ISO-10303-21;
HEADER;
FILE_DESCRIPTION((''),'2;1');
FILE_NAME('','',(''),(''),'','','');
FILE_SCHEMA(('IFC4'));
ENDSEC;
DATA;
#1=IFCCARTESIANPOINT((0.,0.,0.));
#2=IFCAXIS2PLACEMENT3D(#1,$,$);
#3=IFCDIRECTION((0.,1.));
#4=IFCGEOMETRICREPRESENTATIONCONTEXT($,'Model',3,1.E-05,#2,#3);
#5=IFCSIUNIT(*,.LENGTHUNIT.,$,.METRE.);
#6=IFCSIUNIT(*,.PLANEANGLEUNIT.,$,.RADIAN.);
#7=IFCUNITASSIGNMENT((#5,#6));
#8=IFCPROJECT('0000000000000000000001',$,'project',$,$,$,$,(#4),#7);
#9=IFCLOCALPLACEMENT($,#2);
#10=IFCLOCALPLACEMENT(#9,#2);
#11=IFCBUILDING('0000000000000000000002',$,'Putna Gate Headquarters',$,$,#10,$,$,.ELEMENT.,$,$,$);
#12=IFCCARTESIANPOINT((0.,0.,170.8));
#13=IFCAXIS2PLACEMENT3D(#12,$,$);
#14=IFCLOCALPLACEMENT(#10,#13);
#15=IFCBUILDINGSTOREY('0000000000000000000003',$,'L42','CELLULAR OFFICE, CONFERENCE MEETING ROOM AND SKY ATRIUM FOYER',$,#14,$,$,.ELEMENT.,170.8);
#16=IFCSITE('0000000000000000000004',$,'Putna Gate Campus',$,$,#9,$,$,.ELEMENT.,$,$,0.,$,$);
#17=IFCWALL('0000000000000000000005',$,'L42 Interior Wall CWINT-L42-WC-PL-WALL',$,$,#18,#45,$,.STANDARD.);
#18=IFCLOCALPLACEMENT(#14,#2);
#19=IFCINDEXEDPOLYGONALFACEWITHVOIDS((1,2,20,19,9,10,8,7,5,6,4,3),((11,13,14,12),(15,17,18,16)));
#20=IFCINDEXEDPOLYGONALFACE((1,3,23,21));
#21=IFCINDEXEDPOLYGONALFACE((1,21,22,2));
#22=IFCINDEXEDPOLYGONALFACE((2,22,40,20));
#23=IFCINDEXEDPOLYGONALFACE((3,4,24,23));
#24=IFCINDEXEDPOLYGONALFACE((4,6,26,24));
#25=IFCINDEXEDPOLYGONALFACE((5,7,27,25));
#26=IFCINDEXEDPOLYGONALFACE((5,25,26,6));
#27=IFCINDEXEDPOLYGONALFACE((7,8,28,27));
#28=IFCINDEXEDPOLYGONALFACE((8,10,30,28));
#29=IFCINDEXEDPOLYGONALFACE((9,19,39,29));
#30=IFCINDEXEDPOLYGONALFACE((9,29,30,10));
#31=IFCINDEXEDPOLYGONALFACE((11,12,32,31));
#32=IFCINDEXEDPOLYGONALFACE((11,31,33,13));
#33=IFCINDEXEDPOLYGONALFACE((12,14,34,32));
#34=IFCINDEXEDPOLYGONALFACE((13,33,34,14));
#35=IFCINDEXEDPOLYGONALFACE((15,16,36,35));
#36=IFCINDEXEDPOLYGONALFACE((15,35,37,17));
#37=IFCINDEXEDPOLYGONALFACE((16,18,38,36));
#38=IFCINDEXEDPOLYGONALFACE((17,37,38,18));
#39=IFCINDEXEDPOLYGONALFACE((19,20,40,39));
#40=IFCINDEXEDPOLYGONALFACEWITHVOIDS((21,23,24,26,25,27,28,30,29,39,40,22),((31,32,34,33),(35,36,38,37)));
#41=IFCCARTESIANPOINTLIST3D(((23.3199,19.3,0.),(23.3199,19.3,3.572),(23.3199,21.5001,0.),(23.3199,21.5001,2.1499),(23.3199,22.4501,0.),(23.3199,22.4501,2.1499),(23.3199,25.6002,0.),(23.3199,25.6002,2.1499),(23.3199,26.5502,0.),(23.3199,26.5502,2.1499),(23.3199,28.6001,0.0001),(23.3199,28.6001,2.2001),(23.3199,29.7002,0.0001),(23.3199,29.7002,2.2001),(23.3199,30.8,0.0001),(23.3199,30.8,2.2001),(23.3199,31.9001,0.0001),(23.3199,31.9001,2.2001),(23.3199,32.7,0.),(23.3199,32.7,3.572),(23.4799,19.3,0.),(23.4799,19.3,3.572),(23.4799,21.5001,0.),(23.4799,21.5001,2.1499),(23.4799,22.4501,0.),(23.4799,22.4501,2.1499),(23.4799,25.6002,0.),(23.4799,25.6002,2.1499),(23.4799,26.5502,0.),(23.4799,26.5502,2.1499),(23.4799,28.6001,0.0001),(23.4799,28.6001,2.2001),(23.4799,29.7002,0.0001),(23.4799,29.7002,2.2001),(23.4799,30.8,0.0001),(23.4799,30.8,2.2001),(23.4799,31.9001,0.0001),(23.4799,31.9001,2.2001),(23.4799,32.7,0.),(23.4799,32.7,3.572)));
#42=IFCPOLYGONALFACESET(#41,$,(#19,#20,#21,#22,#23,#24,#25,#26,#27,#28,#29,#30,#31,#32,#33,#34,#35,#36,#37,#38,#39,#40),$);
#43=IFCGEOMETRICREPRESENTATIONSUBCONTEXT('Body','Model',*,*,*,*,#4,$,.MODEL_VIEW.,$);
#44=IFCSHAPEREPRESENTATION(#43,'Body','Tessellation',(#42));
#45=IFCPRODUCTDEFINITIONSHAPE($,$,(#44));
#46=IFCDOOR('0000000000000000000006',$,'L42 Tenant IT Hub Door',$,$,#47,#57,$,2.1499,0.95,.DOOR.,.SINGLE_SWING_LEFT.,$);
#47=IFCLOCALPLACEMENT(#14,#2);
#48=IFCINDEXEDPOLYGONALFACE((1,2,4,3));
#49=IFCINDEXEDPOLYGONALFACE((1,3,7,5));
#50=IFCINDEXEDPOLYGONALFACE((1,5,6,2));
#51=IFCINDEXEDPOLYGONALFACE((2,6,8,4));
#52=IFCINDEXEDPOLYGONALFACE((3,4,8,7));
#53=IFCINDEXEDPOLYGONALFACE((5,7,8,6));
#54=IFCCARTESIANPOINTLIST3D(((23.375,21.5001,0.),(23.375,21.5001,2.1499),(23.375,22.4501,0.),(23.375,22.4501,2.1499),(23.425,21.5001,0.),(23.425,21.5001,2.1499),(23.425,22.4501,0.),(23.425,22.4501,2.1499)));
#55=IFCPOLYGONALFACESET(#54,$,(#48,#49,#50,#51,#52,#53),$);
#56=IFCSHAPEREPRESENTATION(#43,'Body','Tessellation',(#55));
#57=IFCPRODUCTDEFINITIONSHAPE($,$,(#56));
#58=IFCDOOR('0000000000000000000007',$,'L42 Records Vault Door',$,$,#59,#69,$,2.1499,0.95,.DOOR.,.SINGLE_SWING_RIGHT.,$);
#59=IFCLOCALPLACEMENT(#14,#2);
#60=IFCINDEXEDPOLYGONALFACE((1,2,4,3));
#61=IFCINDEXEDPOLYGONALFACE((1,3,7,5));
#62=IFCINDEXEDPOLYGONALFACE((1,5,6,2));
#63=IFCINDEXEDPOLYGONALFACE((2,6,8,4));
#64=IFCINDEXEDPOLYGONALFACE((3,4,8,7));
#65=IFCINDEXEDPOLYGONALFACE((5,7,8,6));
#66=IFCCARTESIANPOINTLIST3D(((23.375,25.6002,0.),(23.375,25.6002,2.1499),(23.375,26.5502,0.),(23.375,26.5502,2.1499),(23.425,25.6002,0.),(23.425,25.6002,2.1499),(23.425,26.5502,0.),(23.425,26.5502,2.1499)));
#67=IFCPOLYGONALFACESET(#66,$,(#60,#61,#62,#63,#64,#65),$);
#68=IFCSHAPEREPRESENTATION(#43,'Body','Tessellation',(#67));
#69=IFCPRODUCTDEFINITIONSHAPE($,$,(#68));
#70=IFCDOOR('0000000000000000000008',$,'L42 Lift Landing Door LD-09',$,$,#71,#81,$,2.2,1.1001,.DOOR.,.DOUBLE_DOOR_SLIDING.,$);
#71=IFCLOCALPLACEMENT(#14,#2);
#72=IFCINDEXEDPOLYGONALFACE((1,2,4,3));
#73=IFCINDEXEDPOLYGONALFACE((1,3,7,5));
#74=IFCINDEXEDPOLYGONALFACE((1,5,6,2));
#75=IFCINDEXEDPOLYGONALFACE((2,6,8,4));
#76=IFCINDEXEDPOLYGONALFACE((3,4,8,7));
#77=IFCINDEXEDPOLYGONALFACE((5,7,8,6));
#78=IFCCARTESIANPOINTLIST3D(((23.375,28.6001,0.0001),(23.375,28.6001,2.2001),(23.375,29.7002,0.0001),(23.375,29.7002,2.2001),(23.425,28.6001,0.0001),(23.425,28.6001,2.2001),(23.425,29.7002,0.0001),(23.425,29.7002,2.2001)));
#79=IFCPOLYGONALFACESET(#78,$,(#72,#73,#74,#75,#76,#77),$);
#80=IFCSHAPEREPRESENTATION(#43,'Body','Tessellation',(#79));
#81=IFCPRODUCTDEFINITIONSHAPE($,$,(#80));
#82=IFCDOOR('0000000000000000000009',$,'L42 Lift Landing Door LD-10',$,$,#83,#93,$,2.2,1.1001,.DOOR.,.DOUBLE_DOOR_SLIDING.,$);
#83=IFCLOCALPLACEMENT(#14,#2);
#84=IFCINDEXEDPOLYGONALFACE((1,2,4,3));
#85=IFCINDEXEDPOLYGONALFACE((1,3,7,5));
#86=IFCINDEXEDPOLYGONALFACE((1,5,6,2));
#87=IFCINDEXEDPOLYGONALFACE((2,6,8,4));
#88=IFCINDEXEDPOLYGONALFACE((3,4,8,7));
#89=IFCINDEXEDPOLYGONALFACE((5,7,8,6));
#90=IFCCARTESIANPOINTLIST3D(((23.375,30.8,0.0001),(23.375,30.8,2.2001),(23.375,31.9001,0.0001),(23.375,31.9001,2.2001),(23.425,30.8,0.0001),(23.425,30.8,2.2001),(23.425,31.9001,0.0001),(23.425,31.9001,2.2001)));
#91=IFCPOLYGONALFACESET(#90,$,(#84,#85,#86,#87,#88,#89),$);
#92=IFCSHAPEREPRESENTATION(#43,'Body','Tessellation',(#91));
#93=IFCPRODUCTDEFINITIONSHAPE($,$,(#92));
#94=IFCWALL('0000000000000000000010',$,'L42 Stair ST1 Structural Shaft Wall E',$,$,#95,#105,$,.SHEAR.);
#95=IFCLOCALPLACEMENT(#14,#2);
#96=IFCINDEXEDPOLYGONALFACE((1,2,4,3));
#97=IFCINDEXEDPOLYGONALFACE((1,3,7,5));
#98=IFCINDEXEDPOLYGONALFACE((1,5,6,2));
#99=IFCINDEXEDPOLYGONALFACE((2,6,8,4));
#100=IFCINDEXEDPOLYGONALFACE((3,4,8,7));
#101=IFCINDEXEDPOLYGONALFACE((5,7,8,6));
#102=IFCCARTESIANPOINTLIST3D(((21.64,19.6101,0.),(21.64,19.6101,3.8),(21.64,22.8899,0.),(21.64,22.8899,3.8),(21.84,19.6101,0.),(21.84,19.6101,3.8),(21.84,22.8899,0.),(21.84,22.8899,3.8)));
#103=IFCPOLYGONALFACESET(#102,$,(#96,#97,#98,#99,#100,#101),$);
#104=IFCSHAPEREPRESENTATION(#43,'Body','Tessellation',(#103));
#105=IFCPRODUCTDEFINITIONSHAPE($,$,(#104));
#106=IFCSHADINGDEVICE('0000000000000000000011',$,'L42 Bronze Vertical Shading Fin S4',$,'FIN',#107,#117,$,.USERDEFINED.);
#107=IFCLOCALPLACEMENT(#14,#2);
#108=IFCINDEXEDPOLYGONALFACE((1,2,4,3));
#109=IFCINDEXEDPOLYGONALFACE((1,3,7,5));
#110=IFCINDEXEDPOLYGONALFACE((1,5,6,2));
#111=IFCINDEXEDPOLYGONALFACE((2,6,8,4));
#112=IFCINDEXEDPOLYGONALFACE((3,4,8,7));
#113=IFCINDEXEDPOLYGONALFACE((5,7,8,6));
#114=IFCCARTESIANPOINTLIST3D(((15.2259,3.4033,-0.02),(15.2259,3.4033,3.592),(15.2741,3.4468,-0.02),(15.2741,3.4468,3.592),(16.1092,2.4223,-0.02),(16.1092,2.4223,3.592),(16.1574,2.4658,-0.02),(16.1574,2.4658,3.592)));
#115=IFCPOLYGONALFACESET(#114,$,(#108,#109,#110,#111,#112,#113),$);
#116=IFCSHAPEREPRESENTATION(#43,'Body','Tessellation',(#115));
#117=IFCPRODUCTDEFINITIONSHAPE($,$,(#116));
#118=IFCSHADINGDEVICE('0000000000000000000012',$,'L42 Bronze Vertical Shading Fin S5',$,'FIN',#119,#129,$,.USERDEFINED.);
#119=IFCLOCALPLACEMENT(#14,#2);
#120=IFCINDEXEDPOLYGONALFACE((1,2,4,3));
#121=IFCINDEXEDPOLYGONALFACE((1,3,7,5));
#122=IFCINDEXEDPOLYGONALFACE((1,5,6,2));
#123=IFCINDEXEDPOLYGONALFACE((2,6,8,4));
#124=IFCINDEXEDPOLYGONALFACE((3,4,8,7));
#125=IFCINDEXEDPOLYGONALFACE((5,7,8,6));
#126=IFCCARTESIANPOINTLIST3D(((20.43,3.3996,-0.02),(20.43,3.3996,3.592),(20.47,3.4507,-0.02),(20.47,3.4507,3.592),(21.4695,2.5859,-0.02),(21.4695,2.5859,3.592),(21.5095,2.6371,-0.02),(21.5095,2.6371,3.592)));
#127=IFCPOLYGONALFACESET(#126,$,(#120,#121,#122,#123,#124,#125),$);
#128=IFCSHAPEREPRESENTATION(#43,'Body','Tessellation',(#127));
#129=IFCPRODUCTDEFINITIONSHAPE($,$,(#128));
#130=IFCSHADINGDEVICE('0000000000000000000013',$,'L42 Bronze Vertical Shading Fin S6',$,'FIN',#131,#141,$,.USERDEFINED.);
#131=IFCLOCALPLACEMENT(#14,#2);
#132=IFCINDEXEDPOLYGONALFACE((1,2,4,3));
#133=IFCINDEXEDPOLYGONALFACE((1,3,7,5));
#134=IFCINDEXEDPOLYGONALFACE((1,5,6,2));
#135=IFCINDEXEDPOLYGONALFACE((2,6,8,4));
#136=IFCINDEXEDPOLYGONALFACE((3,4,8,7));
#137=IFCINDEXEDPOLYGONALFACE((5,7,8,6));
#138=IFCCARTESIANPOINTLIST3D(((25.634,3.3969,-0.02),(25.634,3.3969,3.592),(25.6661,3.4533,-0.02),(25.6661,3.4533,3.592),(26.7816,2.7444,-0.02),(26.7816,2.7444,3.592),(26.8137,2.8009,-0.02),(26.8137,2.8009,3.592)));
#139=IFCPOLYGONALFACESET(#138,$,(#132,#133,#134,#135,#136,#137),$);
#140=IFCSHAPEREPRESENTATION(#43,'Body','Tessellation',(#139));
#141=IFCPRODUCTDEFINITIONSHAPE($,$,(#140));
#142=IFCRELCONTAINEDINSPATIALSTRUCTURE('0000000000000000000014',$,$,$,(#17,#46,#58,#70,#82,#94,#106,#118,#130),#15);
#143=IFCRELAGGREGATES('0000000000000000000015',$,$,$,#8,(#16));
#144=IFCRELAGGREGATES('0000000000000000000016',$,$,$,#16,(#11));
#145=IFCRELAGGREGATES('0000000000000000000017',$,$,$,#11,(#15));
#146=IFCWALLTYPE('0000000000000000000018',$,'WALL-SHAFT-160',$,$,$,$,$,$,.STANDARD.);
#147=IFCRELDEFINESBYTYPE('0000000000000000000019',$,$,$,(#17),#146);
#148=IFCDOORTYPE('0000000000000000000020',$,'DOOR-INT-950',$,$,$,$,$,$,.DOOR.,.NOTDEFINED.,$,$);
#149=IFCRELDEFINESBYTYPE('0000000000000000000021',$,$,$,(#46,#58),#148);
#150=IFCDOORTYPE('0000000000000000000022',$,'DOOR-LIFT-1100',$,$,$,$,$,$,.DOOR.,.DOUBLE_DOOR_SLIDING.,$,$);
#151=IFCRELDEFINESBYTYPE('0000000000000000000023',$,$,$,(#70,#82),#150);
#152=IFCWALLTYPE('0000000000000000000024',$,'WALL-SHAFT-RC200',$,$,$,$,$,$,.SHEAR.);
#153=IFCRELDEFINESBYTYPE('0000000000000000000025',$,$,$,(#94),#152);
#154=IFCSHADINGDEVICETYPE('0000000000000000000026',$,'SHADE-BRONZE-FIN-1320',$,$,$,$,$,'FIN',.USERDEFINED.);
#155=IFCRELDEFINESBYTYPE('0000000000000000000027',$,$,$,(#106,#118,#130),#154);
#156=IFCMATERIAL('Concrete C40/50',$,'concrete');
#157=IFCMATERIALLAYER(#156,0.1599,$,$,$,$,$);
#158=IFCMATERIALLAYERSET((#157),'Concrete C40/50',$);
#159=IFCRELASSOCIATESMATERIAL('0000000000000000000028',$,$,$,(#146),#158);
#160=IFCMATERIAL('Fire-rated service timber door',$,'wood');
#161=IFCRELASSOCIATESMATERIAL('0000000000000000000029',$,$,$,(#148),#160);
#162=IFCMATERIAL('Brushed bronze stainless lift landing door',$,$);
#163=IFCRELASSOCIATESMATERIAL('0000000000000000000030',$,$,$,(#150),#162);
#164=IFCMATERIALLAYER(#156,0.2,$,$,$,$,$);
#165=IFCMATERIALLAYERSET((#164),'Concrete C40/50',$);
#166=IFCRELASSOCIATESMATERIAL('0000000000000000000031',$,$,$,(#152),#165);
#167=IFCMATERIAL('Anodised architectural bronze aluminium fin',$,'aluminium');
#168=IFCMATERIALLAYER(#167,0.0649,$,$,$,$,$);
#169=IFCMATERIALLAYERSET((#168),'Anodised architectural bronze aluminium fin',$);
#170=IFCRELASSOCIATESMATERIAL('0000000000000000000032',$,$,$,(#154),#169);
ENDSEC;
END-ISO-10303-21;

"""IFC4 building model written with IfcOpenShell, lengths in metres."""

from ifc_helpers import new_model, si_unit, direction, frame, frame_2d, origin, origin_2d, place, context, subcontext, project, spatial, rectangle, extrude, material, layer, layer_set, type_object, element, fill, save


model = new_model("IFC4")

# Units and contexts
model_context = context("Model", 3, precision=1e-05, world=origin(), true_north=direction((0.0, 1.0)))
body_context = subcontext(model_context, "Body", "Model", "MODEL_VIEW")
ifc_project = project(units=[si_unit("LENGTHUNIT", "METRE"), si_unit("PLANEANGLEUNIT", "RADIAN")], contexts=[model_context])

# Site, building, storey
site_placement = place(None, origin())
site = spatial("IfcSite", under=ifc_project, at=site_placement, Name="Putna Gate Campus", CompositionType="ELEMENT", RefElevation=0.0)
building_placement = place(site_placement, origin())
building = spatial("IfcBuilding", under=site, at=building_placement, Name="Putna Gate Headquarters", CompositionType="ELEMENT")
storey_placement = place(building_placement, frame((0.0, 0.0, 170.8)))
storey = spatial("IfcBuildingStorey", under=building, at=storey_placement, Name="L42", Description="CELLULAR OFFICE, CONFERENCE MEETING ROOM AND SKY ATRIUM FOYER", CompositionType="ELEMENT", Elevation=170.8)

# Wall, openings, doors
ifc_material_1 = material(Name="Concrete C40/50", Category="concrete")
ifc_layer_1 = layer(ifc_material_1, 0.1599)
ifc_layer_set_1 = layer_set([ifc_layer_1], Name="Concrete C40/50")
wall_type_1 = type_object("IfcWallType", Name="WALL-SHAFT-160", PredefinedType="STANDARD", material=ifc_layer_set_1)
wall_1_placement = place(storey_placement, frame((23.3999, 19.3, 0.0), z_axis=(0.0, 0.0, 1.0), x_axis=(0.0, 1.0, 0.0)))
wall_1 = element("IfcWall", 1, at=wall_1_placement, inside=storey, type_object=wall_type_1, Name="L42 Interior Wall CWINT-L42-WC-PL-WALL", PredefinedType="STANDARD", context=body_context, shape_type="SweptSolid", body=[
    extrude(rectangle(XDim=13.3999, YDim=0.1599, at=frame_2d((6.7, 0.0))), origin(), (0.0, 0.0, 1.0), 3.572),
])
opening_1_placement = place(wall_1_placement, frame((2.2, 0.0, 0.0)))
opening_1 = element("IfcOpeningElement", 2, at=opening_1_placement, cuts=wall_1, PredefinedType="OPENING", context=body_context, shape_type="SweptSolid", body=[
    extrude(rectangle(XDim=0.95, YDim=2.1499, at=frame_2d((0.4751, 1.075))), frame((0.0, 0.0898, 0.0), z_axis=(0.0, -1.0, 0.0), x_axis=(1.0, 0.0, 0.0)), (0.0, 0.0, 1.0), 0.1799),
])
opening_2_placement = place(wall_1_placement, frame((6.3, 0.0, 0.0)))
opening_2 = element("IfcOpeningElement", 3, at=opening_2_placement, cuts=wall_1, PredefinedType="OPENING", context=body_context, shape_type="SweptSolid", body=[
    extrude(rectangle(XDim=0.95, YDim=2.1499, at=frame_2d((0.4751, 1.075))), frame((0.0, 0.0898, 0.0), z_axis=(0.0, -1.0, 0.0), x_axis=(1.0, 0.0, 0.0)), (0.0, 0.0, 1.0), 0.1799),
])
opening_3_placement = place(wall_1_placement, frame((9.3, 0.0, 0.0)))
opening_3 = element("IfcOpeningElement", 4, at=opening_3_placement, cuts=wall_1, PredefinedType="OPENING", context=body_context, shape_type="SweptSolid", body=[
    extrude(rectangle(XDim=1.1001, YDim=2.2, at=frame_2d((0.55, 1.1001))), frame((0.0, 0.0898, 0.0), z_axis=(0.0, -1.0, 0.0), x_axis=(1.0, 0.0, 0.0)), (0.0, 0.0, 1.0), 0.1799),
])
opening_4_placement = place(wall_1_placement, frame((11.5, 0.0, 0.0)))
opening_4 = element("IfcOpeningElement", 5, at=opening_4_placement, cuts=wall_1, PredefinedType="OPENING", context=body_context, shape_type="SweptSolid", body=[
    extrude(rectangle(XDim=1.1001, YDim=2.2, at=frame_2d((0.55, 1.1001))), frame((0.0, 0.0898, 0.0), z_axis=(0.0, -1.0, 0.0), x_axis=(1.0, 0.0, 0.0)), (0.0, 0.0, 1.0), 0.1799),
])
ifc_material_2 = material(Name="Fire-rated service timber door", Category="wood")
door_type_1 = type_object("IfcDoorType", Name="DOOR-INT-950", OperationType="NOTDEFINED", PredefinedType="DOOR", material=ifc_material_2)
door_1_placement = place(opening_1_placement, origin())
door_1 = element("IfcDoor", 6, at=door_1_placement, inside=storey, type_object=door_type_1, Name="L42 Tenant IT Hub Door", OperationType="SINGLE_SWING_LEFT", OverallHeight=2.1499, OverallWidth=0.95, PredefinedType="DOOR", context=body_context, shape_type="SweptSolid", body=[
    extrude(rectangle(XDim=0.95, YDim=2.1499, at=frame_2d((0.4751, 1.075))), frame((0.0, 0.0249, 0.0), z_axis=(0.0, -1.0, 0.0), x_axis=(1.0, 0.0, 0.0)), (0.0, 0.0, 1.0), 0.05),
])
fill(opening_1, door_1)
door_2_placement = place(opening_2_placement, origin())
door_2 = element("IfcDoor", 7, at=door_2_placement, inside=storey, type_object=door_type_1, Name="L42 Records Vault Door", OperationType="SINGLE_SWING_RIGHT", OverallHeight=2.1499, OverallWidth=0.95, PredefinedType="DOOR", context=body_context, shape_type="SweptSolid", body=[
    extrude(rectangle(XDim=0.95, YDim=2.1499, at=frame_2d((0.4751, 1.075))), frame((0.0, 0.0249, 0.0), z_axis=(0.0, -1.0, 0.0), x_axis=(1.0, 0.0, 0.0)), (0.0, 0.0, 1.0), 0.05),
])
fill(opening_2, door_2)
ifc_material_3 = material(Name="Brushed bronze stainless lift landing door")
door_type_2 = type_object("IfcDoorType", Name="DOOR-LIFT-1100", OperationType="DOUBLE_DOOR_SLIDING", PredefinedType="DOOR", material=ifc_material_3)
door_3_placement = place(opening_3_placement, origin())
door_3 = element("IfcDoor", 8, at=door_3_placement, inside=storey, type_object=door_type_2, Name="L42 Lift Landing Door LD-09", OperationType="DOUBLE_DOOR_SLIDING", OverallHeight=2.2, OverallWidth=1.1001, PredefinedType="DOOR", context=body_context, shape_type="SweptSolid", body=[
    extrude(rectangle(XDim=1.1001, YDim=2.2, at=frame_2d((0.55, 1.1001))), frame((0.0, 0.0249, 0.0), z_axis=(0.0, -1.0, 0.0), x_axis=(1.0, 0.0, 0.0)), (0.0, 0.0, 1.0), 0.05),
])
fill(opening_3, door_3)
door_4_placement = place(opening_4_placement, origin())
door_4 = element("IfcDoor", 9, at=door_4_placement, inside=storey, type_object=door_type_2, Name="L42 Lift Landing Door LD-10", OperationType="DOUBLE_DOOR_SLIDING", OverallHeight=2.2, OverallWidth=1.1001, PredefinedType="DOOR", context=body_context, shape_type="SweptSolid", body=[
    extrude(rectangle(XDim=1.1001, YDim=2.2, at=frame_2d((0.55, 1.1001))), frame((0.0, 0.0249, 0.0), z_axis=(0.0, -1.0, 0.0), x_axis=(1.0, 0.0, 0.0)), (0.0, 0.0, 1.0), 0.05),
])
fill(opening_4, door_4)

# Wall
ifc_layer_2 = layer(ifc_material_1, 0.2)
ifc_layer_set_2 = layer_set([ifc_layer_2], Name="Concrete C40/50")
wall_type_2 = type_object("IfcWallType", Name="WALL-SHAFT-RC200", PredefinedType="SHEAR", material=ifc_layer_set_2)
wall_2_placement = place(storey_placement, frame((21.74, 19.6101, 0.0), z_axis=(0.0, 0.0, 1.0), x_axis=(0.0, 1.0, 0.0)))
element("IfcWall", 10, at=wall_2_placement, inside=storey, type_object=wall_type_2, Name="L42 Stair ST1 Structural Shaft Wall E", PredefinedType="SHEAR", context=body_context, shape_type="SweptSolid", body=[
    extrude(rectangle(XDim=3.2798, YDim=0.2, at=frame_2d((1.6399, 0.0))), origin(), (0.0, 0.0, 1.0), 3.8),
])

# Shading devices
ifc_material_4 = material(Name="Anodised architectural bronze aluminium fin", Category="aluminium")
ifc_layer_3 = layer(ifc_material_4, 0.0649)
ifc_layer_set_3 = layer_set([ifc_layer_3], Name="Anodised architectural bronze aluminium fin")
shading_device_type = type_object("IfcShadingDeviceType", Name="SHADE-BRONZE-FIN-1320", ElementType="FIN", PredefinedType="USERDEFINED", material=ifc_layer_set_3)
for number, where, z_axis, x_axis, name in (
    (11, (15.6917, 2.9346, -0.02), (0.0, 0.0, 1.0), (0.669131, -0.743145, 0.0), "L42 Bronze Vertical Shading Fin S4"),
    (12, (20.9697, 3.0183, -0.02), (0.0, 0.0, 1.0), (0.787473, -0.616349, 0.0), "L42 Bronze Vertical Shading Fin S5"),
    (13, (26.2239, 3.0989, -0.02), (0.0, 0.0, 1.0), (0.869322, -0.494245, 0.0), "L42 Bronze Vertical Shading Fin S6"),
):
    element("IfcShadingDevice", number, at=place(storey_placement, frame(where, z_axis=z_axis, x_axis=x_axis)), inside=storey, type_object=shading_device_type, Name=name, ObjectType="FIN", PredefinedType="USERDEFINED", context=body_context, shape_type="SweptSolid", body=[
        extrude(rectangle(XDim=1.3201, YDim=0.0649, at=origin_2d()), origin(), (0.0, 0.0, 1.0), 3.6121),
    ])

save(model, "model.ifc")
